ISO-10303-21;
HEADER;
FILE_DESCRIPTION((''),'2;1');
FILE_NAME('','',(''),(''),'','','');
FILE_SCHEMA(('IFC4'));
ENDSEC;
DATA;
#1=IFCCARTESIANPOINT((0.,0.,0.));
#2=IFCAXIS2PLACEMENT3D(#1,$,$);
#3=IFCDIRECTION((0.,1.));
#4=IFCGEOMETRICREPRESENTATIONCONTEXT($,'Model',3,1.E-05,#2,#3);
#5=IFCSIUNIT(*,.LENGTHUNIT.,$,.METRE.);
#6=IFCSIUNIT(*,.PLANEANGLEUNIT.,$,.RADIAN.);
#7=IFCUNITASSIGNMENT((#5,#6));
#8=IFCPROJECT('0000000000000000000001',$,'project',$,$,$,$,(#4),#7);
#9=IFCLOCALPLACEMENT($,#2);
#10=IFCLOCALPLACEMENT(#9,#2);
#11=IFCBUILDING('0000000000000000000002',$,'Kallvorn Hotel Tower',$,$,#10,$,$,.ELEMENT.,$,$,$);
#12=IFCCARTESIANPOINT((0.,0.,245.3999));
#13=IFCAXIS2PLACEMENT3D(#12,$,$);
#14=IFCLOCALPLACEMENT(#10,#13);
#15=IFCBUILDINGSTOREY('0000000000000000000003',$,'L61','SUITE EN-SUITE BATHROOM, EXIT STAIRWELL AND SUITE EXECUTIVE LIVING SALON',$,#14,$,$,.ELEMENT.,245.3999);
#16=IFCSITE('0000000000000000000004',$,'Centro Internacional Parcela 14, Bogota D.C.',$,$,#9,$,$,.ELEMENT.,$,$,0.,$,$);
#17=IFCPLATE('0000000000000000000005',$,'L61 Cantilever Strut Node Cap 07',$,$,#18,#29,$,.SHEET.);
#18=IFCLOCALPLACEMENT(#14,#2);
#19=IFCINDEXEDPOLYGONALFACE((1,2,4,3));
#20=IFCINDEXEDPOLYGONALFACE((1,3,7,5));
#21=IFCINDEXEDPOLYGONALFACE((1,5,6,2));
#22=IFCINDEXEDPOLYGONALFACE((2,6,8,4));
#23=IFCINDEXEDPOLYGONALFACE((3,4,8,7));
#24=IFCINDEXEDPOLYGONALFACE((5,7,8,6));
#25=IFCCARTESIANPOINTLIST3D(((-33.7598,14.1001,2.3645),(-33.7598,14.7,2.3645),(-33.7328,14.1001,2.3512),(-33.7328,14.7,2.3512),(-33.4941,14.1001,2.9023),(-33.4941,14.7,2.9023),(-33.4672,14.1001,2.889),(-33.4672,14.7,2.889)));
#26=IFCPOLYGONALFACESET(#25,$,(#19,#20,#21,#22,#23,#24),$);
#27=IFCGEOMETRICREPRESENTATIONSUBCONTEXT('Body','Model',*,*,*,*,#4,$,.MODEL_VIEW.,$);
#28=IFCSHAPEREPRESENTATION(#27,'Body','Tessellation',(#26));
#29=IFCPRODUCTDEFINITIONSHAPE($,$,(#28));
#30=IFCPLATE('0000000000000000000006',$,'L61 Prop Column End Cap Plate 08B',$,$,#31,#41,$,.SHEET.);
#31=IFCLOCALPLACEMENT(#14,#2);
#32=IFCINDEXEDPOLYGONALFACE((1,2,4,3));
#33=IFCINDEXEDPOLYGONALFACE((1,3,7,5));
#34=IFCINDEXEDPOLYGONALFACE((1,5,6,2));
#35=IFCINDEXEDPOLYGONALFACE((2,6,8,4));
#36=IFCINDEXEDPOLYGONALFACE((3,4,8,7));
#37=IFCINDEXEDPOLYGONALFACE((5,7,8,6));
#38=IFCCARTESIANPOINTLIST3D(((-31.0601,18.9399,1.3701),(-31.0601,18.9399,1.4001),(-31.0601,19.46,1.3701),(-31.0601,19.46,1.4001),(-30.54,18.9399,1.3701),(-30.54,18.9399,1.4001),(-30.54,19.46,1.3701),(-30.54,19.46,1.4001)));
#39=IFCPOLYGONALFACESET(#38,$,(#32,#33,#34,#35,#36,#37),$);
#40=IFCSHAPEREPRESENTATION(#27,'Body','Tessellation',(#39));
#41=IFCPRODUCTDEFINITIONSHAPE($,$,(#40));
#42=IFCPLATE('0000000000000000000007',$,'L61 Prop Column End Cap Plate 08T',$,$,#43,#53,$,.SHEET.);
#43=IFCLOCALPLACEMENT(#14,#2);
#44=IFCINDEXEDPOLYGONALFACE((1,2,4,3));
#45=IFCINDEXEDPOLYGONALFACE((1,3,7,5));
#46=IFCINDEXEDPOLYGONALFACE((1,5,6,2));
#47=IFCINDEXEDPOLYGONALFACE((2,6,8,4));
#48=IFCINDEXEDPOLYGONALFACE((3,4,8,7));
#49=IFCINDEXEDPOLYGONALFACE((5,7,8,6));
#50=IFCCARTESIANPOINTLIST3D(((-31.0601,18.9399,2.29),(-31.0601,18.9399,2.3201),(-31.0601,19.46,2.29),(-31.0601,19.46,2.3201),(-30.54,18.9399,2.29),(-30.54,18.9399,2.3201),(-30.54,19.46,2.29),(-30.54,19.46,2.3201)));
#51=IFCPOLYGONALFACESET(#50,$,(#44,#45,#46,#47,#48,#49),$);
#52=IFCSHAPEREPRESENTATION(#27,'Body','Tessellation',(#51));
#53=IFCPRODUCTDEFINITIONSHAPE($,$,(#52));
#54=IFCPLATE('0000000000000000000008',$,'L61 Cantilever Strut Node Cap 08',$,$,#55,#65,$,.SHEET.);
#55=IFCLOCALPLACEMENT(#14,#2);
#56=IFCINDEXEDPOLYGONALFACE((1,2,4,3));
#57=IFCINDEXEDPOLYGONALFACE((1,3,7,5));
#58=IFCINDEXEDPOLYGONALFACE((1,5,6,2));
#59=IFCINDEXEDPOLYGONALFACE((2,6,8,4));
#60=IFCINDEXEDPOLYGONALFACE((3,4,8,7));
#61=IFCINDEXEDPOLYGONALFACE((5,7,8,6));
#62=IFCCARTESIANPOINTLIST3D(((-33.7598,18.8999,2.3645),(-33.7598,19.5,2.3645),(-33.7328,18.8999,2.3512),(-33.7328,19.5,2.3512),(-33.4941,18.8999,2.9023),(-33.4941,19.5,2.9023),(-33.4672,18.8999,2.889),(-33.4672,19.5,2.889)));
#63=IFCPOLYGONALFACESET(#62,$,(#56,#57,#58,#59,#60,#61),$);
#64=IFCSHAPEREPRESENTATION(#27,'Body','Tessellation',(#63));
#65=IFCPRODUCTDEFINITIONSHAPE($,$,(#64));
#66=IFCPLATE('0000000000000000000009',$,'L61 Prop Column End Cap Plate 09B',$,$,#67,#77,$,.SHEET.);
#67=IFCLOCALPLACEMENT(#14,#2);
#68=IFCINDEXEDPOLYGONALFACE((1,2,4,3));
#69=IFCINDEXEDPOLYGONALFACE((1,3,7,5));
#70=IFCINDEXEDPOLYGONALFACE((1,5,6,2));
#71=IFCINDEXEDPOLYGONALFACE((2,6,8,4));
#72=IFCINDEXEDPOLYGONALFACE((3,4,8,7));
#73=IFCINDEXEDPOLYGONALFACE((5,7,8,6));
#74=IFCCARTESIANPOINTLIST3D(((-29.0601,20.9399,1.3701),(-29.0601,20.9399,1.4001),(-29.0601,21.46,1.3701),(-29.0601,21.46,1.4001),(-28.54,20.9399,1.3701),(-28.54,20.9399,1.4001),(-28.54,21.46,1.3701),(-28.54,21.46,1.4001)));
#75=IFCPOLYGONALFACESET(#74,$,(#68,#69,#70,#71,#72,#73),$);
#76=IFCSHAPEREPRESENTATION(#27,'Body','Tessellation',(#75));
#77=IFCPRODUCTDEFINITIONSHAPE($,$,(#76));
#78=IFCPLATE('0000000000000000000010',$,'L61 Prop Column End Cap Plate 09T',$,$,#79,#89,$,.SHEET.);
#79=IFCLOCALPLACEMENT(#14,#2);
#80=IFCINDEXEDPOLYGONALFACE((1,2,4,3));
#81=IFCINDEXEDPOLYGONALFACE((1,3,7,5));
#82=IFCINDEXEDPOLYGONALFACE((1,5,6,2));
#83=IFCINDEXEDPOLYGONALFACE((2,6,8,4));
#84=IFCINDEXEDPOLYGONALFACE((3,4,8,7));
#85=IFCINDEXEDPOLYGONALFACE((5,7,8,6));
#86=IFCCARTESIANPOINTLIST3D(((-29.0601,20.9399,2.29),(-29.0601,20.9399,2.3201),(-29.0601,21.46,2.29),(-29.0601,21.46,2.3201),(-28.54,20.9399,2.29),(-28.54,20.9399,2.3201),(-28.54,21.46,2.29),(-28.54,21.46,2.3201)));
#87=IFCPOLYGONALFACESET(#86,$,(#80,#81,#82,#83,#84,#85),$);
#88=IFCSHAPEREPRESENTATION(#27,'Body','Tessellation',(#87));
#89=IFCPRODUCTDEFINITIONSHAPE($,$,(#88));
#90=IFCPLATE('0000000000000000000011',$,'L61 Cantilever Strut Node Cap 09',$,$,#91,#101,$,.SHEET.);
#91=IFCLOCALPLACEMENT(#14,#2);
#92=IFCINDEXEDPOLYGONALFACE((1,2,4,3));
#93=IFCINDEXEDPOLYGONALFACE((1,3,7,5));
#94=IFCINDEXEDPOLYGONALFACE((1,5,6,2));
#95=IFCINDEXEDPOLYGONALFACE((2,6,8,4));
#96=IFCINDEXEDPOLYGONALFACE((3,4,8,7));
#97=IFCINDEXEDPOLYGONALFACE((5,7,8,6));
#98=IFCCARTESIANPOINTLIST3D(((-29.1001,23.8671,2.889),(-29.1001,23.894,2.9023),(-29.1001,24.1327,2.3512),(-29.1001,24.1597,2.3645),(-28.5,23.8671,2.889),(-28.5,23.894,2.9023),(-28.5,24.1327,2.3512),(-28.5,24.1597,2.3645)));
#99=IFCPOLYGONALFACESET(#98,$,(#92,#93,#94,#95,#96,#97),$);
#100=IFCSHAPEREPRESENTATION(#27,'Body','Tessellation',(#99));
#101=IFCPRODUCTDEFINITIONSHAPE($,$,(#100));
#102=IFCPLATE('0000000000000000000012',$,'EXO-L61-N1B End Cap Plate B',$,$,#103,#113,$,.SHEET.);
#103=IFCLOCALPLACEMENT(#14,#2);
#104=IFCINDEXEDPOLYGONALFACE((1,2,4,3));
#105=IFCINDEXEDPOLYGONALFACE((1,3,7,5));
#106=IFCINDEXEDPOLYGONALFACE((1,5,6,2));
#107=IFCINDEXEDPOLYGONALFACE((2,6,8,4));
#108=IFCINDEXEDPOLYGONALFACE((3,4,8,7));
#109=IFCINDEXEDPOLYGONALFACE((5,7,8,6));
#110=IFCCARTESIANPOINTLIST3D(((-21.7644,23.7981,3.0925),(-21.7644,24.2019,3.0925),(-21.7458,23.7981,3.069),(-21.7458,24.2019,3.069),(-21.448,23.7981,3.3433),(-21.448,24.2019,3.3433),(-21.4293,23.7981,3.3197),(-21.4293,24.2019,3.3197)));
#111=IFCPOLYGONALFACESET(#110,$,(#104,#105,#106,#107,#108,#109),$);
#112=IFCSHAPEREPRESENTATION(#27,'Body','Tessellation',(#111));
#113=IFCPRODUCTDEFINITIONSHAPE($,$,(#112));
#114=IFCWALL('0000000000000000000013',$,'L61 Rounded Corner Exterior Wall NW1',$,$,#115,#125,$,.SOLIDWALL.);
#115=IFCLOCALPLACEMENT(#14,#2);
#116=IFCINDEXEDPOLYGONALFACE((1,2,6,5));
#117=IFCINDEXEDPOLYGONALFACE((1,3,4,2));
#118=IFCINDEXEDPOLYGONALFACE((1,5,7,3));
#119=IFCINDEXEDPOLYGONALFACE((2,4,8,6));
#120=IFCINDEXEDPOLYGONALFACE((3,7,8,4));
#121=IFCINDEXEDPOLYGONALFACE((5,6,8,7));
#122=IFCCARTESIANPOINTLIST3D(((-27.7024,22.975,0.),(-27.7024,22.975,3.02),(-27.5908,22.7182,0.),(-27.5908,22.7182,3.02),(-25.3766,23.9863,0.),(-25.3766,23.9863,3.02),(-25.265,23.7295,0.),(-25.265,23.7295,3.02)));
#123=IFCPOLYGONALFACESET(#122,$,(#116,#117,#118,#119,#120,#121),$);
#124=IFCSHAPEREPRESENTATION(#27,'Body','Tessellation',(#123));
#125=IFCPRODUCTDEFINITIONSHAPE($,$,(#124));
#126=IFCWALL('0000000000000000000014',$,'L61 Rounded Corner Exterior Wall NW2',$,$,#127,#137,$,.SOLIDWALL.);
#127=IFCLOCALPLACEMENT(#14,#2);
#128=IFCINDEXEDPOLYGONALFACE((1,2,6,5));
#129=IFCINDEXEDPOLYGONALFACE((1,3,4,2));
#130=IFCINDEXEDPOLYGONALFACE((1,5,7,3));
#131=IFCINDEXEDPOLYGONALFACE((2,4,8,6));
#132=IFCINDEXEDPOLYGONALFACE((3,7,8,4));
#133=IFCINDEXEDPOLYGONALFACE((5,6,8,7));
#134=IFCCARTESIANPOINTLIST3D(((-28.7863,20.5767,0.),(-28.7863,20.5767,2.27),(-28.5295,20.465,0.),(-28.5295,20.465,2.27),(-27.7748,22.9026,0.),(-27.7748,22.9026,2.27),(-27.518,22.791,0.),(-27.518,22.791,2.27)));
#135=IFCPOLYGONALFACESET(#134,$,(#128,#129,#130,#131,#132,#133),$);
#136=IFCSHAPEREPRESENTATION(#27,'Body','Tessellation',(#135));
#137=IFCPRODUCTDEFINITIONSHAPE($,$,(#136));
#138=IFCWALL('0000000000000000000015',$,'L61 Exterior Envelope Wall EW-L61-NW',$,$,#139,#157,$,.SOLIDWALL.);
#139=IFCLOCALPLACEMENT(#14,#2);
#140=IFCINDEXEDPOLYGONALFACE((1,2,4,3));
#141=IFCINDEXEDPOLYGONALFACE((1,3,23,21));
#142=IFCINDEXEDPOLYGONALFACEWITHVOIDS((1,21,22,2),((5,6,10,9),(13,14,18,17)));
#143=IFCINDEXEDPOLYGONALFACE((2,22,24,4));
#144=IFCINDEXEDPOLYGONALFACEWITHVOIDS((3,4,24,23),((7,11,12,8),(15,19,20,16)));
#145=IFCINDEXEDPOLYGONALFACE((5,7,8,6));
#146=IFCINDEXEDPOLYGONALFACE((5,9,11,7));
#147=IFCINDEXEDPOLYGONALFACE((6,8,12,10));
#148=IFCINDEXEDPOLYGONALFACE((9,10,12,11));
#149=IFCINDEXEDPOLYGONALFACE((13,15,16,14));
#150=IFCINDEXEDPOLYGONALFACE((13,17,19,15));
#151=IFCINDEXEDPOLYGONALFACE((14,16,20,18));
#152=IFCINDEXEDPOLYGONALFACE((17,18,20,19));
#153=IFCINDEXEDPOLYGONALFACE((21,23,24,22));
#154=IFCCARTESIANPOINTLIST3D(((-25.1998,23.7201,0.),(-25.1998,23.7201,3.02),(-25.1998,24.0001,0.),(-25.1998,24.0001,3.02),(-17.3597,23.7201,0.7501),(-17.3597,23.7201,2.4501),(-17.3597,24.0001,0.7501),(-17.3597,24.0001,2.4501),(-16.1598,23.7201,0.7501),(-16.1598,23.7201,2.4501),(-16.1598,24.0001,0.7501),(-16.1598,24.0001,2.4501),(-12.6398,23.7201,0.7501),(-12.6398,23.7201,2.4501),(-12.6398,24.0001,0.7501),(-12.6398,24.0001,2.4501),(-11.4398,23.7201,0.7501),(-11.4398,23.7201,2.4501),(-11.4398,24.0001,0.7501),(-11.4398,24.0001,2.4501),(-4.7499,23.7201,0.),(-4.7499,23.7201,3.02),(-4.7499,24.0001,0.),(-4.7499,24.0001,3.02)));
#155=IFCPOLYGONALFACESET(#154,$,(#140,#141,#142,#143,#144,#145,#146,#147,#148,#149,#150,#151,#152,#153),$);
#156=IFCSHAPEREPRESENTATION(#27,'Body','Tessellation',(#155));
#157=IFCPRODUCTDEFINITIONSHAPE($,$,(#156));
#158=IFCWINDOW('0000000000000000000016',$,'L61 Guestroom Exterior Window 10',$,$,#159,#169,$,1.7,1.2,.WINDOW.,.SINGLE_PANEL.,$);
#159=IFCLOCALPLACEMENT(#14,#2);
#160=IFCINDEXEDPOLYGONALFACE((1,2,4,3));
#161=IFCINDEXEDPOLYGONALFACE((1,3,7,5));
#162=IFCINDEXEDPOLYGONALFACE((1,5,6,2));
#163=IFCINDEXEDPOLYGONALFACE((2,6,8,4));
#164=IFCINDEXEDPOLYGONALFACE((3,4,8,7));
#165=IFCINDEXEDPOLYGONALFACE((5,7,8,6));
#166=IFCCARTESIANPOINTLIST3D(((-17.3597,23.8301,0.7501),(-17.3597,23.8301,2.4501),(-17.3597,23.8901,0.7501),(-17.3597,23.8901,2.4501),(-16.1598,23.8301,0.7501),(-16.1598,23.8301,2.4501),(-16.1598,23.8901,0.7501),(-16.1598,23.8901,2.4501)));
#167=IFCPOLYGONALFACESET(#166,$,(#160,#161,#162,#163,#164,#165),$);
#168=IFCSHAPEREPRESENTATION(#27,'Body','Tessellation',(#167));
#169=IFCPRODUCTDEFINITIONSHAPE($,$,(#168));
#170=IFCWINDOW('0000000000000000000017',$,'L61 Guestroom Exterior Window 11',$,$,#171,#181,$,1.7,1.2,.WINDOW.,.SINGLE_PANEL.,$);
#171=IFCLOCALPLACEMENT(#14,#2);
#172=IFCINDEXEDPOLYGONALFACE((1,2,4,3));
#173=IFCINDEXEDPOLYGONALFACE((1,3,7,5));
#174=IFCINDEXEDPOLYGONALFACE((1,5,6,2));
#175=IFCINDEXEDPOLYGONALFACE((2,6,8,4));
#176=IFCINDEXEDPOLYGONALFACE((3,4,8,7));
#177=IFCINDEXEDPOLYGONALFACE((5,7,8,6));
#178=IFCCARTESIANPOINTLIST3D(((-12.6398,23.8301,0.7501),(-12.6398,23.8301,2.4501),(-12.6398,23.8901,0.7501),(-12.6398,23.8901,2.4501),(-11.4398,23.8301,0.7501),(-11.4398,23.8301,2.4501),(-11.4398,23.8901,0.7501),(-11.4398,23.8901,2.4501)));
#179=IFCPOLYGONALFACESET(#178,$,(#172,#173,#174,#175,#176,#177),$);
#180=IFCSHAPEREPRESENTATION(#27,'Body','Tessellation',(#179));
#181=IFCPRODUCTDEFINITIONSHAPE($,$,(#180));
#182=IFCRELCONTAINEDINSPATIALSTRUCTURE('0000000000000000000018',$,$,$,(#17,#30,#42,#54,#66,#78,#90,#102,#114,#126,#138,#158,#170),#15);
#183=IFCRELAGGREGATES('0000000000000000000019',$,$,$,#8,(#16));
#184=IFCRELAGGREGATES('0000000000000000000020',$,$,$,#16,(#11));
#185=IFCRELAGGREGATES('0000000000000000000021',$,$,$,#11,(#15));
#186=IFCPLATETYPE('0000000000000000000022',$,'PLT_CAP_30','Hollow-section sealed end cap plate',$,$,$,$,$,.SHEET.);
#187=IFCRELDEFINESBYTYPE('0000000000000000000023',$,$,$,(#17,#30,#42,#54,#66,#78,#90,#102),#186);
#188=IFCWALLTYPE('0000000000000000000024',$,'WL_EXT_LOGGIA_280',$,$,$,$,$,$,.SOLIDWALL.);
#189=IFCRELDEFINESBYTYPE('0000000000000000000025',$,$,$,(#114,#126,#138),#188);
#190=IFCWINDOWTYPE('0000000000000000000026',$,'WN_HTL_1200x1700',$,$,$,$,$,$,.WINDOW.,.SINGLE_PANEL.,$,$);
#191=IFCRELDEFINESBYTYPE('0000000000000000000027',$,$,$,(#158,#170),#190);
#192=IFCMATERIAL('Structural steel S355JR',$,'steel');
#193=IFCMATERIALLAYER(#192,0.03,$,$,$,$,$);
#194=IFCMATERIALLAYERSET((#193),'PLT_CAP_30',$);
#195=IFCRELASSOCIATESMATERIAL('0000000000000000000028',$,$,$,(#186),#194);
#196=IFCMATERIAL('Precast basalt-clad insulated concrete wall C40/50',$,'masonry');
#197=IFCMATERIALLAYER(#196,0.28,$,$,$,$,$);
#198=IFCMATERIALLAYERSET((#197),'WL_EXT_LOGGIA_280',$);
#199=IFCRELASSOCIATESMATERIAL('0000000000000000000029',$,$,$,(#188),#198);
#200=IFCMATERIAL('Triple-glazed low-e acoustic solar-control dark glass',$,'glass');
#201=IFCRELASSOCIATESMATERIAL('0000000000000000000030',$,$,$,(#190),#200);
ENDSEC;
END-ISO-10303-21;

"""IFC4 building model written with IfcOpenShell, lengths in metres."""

from ifc_helpers import new_model, si_unit, direction, frame, frame_2d, origin, origin_2d, place, context, subcontext, project, spatial, polyline, rectangle, outline, extrude, material, layer, layer_set, type_object, element, fill, save


model = new_model("IFC4")

# Units and contexts
model_context = context("Model", 3, precision=1e-05, world=origin(), true_north=direction((0.0, 1.0)))
body_context = subcontext(model_context, "Body", "Model", "MODEL_VIEW")
ifc_project = project(units=[si_unit("LENGTHUNIT", "METRE"), si_unit("PLANEANGLEUNIT", "RADIAN")], contexts=[model_context])

# Site, building, storey
site_placement = place(None, origin())
site = spatial("IfcSite", under=ifc_project, at=site_placement, Name="Centro Internacional Parcela 14, Bogota D.C.", CompositionType="ELEMENT", RefElevation=0.0)
building_placement = place(site_placement, origin())
building = spatial("IfcBuilding", under=site, at=building_placement, Name="Kallvorn Hotel Tower", CompositionType="ELEMENT")
storey_placement = place(building_placement, frame((0.0, 0.0, 245.3999)))
storey = spatial("IfcBuildingStorey", under=building, at=storey_placement, Name="L61", Description="SUITE EN-SUITE BATHROOM, EXIT STAIRWELL AND SUITE EXECUTIVE LIVING SALON", CompositionType="ELEMENT", Elevation=245.3999)

# Plates
ifc_material_1 = material(Name="Structural steel S355JR", Category="steel")
ifc_layer_1 = layer(ifc_material_1, 0.03)
ifc_layer_set_1 = layer_set([ifc_layer_1], Name="PLT_CAP_30")
plate_type = type_object("IfcPlateType", Name="PLT_CAP_30", Description="Hollow-section sealed end cap plate", PredefinedType="SHEET", material=ifc_layer_set_1)
plate_1_placement = place(storey_placement, frame((-33.7598, 14.7, 2.3645), z_axis=(-0.896614, 0.0, 0.442813), x_axis=(0.0, -1.0, 0.0)))
element("IfcPlate", 1, at=plate_1_placement, inside=storey, type_object=plate_type, Name="L61 Cantilever Strut Node Cap 07", PredefinedType="SHEET", context=body_context, shape_type="SweptSolid", body=[
    extrude(outline(polyline([(0.0, 0.0), (0.5999, 0.0), (0.5999, 0.5999), (0.0, 0.5999), (0.0, 0.0)])), origin(), (0.0, 0.0, -1.0), 0.03),
])
for number, where, z_axis, x_axis, name in (
    (2, (-30.8, 19.2, 1.3701), (0.0, 0.0, 1.0), (1.0, 0.0, 0.0), "L61 Prop Column End Cap Plate 08B"),
    (3, (-30.8, 19.2, 2.29), (0.0, 0.0, 1.0), (1.0, 0.0, 0.0), "L61 Prop Column End Cap Plate 08T"),
):
    element("IfcPlate", number, at=place(storey_placement, frame(where, z_axis=z_axis, x_axis=x_axis)), inside=storey, type_object=plate_type, Name=name, PredefinedType="SHEET", context=body_context, shape_type="SweptSolid", body=[
        extrude(rectangle(XDim=0.52, YDim=0.52, at=origin_2d()), origin(), (0.0, 0.0, 1.0), 0.03),
    ])
plate_2_placement = place(storey_placement, frame((-33.7598, 19.5, 2.3645), z_axis=(-0.896614, 0.0, 0.442813), x_axis=(0.0, -1.0, 0.0)))
element("IfcPlate", 4, at=plate_2_placement, inside=storey, type_object=plate_type, Name="L61 Cantilever Strut Node Cap 08", PredefinedType="SHEET", context=body_context, shape_type="SweptSolid", body=[
    extrude(outline(polyline([(0.0, 0.0), (0.6001, 0.0), (0.6001, 0.5999), (0.0, 0.5999), (0.0, 0.0)])), origin(), (0.0, 0.0, -1.0), 0.03),
])
for number, where, z_axis, x_axis, name in (
    (5, (-28.8, 21.2, 1.3701), (0.0, 0.0, 1.0), (1.0, 0.0, 0.0), "L61 Prop Column End Cap Plate 09B"),
    (6, (-28.8, 21.2, 2.29), (0.0, 0.0, 1.0), (1.0, 0.0, 0.0), "L61 Prop Column End Cap Plate 09T"),
):
    element("IfcPlate", number, at=place(storey_placement, frame(where, z_axis=z_axis, x_axis=x_axis)), inside=storey, type_object=plate_type, Name=name, PredefinedType="SHEET", context=body_context, shape_type="SweptSolid", body=[
        extrude(rectangle(XDim=0.52, YDim=0.52, at=origin_2d()), origin(), (0.0, 0.0, 1.0), 0.03),
    ])
plate_3_placement = place(storey_placement, frame((-28.5, 24.1597, 2.3645), z_axis=(0.0, 0.896614, 0.442813), x_axis=(-1.0, 0.0, 0.0)))
element("IfcPlate", 7, at=plate_3_placement, inside=storey, type_object=plate_type, Name="L61 Cantilever Strut Node Cap 09", PredefinedType="SHEET", context=body_context, shape_type="SweptSolid", body=[
    extrude(outline(polyline([(0.0, 0.0), (0.6001, 0.0), (0.6001, 0.5999), (0.0, 0.5999), (0.0, 0.0)])), origin(), (0.0, 0.0, -1.0), 0.03),
])
plate_4_placement = place(storey_placement, frame((-21.7644, 24.2019, 3.0925), z_axis=(-0.621075, 0.0, 0.783751), x_axis=(0.0, -1.0, 0.0)))
element("IfcPlate", 8, at=plate_4_placement, inside=storey, type_object=plate_type, Name="EXO-L61-N1B End Cap Plate B", PredefinedType="SHEET", context=body_context, shape_type="SweptSolid", body=[
    extrude(outline(polyline([(0.0, 0.0), (0.4038, 0.0), (0.4038, 0.4037), (0.0, 0.4037), (0.0, 0.0)])), origin(), (0.0, 0.0, -1.0), 0.03),
])

# Walls
ifc_material_2 = material(Name="Precast basalt-clad insulated concrete wall C40/50", Category="masonry")
ifc_layer_2 = layer(ifc_material_2, 0.28)
ifc_layer_set_2 = layer_set([ifc_layer_2], Name="WL_EXT_LOGGIA_280")
wall_type = type_object("IfcWallType", Name="WL_EXT_LOGGIA_280", PredefinedType="SOLIDWALL", material=ifc_layer_set_2)
wall_1_placement = place(storey_placement, frame((-25.3208, 23.8579, 0.0), z_axis=(0.0, 0.0, 1.0), x_axis=(-0.917061, -0.398747, 0.0)))
element("IfcWall", 9, at=wall_1_placement, inside=storey, type_object=wall_type, Name="L61 Rounded Corner Exterior Wall NW1", PredefinedType="SOLIDWALL", context=body_context, shape_type="SweptSolid", body=[
    extrude(rectangle(XDim=2.5361, YDim=0.28, at=frame_2d((1.2681, 0.0))), origin(), (0.0, 0.0, 1.0), 3.02),
])
wall_2_placement = place(storey_placement, frame((-27.6465, 22.8467, 0.0), z_axis=(0.0, 0.0, 1.0), x_axis=(-0.398793, -0.917041, 0.0)))
element("IfcWall", 10, at=wall_2_placement, inside=storey, type_object=wall_type, Name="L61 Rounded Corner Exterior Wall NW2", PredefinedType="SOLIDWALL", context=body_context, shape_type="SweptSolid", body=[
    extrude(rectangle(XDim=2.5364, YDim=0.28, at=frame_2d((1.2681, 0.0))), origin(), (0.0, 0.0, 1.0), 2.27),
])

# Wall, openings, windows
wall_3_placement = place(storey_placement, frame((-25.2, 23.8601, 0.0), z_axis=(0.0, 0.0, 1.0), x_axis=(1.0, 0.0, 0.0)))
wall_3 = element("IfcWall", 11, at=wall_3_placement, inside=storey, type_object=wall_type, Name="L61 Exterior Envelope Wall EW-L61-NW", PredefinedType="SOLIDWALL", context=body_context, shape_type="SweptSolid", body=[
    extrude(rectangle(XDim=20.45, YDim=0.28, at=frame_2d((10.2251, 0.0))), origin(), (0.0, 0.0, 1.0), 3.02),
])
opening_1_placement = place(wall_3_placement, frame((7.8401, 0.0, 0.75)))
opening_1 = element("IfcOpeningElement", 12, at=opening_1_placement, cuts=wall_3, PredefinedType="OPENING", context=body_context, shape_type="SweptSolid", body=[
    extrude(rectangle(XDim=1.2, YDim=1.7, at=frame_2d((0.6001, 0.8501))), frame((0.0, 0.155, 0.0), z_axis=(0.0, -1.0, 0.0), x_axis=(1.0, 0.0, 0.0)), (0.0, 0.0, 1.0), 0.3101),
])
opening_2_placement = place(wall_3_placement, frame((12.5601, 0.0, 0.75)))
opening_2 = element("IfcOpeningElement", 13, at=opening_2_placement, cuts=wall_3, PredefinedType="OPENING", context=body_context, shape_type="SweptSolid", body=[
    extrude(rectangle(XDim=1.2, YDim=1.7, at=frame_2d((0.6001, 0.8501))), frame((0.0, 0.155, 0.0), z_axis=(0.0, -1.0, 0.0), x_axis=(1.0, 0.0, 0.0)), (0.0, 0.0, 1.0), 0.3101),
])
ifc_material_3 = material(Name="Triple-glazed low-e acoustic solar-control dark glass", Category="glass")
window_type = type_object("IfcWindowType", Name="WN_HTL_1200x1700", PartitioningType="SINGLE_PANEL", PredefinedType="WINDOW", material=ifc_material_3)
window_1_placement = place(opening_1_placement, origin())
window_1 = element("IfcWindow", 14, at=window_1_placement, inside=storey, type_object=window_type, Name="L61 Guestroom Exterior Window 10", OverallHeight=1.7, OverallWidth=1.2, PartitioningType="SINGLE_PANEL", PredefinedType="WINDOW", context=body_context, shape_type="SweptSolid", body=[
    extrude(rectangle(XDim=1.2, YDim=1.7, at=frame_2d((0.6001, 0.8501))), frame((0.0, 0.03, 0.0), z_axis=(0.0, -1.0, 0.0), x_axis=(1.0, 0.0, 0.0)), (0.0, 0.0, 1.0), 0.0601),
])
fill(opening_1, window_1)
window_2_placement = place(opening_2_placement, origin())
window_2 = element("IfcWindow", 15, at=window_2_placement, inside=storey, type_object=window_type, Name="L61 Guestroom Exterior Window 11", OverallHeight=1.7, OverallWidth=1.2, PartitioningType="SINGLE_PANEL", PredefinedType="WINDOW", context=body_context, shape_type="SweptSolid", body=[
    extrude(rectangle(XDim=1.2, YDim=1.7, at=frame_2d((0.6001, 0.8501))), frame((0.0, 0.03, 0.0), z_axis=(0.0, -1.0, 0.0), x_axis=(1.0, 0.0, 0.0)), (0.0, 0.0, 1.0), 0.0601),
])
fill(opening_2, window_2)

save(model, "model.ifc")
